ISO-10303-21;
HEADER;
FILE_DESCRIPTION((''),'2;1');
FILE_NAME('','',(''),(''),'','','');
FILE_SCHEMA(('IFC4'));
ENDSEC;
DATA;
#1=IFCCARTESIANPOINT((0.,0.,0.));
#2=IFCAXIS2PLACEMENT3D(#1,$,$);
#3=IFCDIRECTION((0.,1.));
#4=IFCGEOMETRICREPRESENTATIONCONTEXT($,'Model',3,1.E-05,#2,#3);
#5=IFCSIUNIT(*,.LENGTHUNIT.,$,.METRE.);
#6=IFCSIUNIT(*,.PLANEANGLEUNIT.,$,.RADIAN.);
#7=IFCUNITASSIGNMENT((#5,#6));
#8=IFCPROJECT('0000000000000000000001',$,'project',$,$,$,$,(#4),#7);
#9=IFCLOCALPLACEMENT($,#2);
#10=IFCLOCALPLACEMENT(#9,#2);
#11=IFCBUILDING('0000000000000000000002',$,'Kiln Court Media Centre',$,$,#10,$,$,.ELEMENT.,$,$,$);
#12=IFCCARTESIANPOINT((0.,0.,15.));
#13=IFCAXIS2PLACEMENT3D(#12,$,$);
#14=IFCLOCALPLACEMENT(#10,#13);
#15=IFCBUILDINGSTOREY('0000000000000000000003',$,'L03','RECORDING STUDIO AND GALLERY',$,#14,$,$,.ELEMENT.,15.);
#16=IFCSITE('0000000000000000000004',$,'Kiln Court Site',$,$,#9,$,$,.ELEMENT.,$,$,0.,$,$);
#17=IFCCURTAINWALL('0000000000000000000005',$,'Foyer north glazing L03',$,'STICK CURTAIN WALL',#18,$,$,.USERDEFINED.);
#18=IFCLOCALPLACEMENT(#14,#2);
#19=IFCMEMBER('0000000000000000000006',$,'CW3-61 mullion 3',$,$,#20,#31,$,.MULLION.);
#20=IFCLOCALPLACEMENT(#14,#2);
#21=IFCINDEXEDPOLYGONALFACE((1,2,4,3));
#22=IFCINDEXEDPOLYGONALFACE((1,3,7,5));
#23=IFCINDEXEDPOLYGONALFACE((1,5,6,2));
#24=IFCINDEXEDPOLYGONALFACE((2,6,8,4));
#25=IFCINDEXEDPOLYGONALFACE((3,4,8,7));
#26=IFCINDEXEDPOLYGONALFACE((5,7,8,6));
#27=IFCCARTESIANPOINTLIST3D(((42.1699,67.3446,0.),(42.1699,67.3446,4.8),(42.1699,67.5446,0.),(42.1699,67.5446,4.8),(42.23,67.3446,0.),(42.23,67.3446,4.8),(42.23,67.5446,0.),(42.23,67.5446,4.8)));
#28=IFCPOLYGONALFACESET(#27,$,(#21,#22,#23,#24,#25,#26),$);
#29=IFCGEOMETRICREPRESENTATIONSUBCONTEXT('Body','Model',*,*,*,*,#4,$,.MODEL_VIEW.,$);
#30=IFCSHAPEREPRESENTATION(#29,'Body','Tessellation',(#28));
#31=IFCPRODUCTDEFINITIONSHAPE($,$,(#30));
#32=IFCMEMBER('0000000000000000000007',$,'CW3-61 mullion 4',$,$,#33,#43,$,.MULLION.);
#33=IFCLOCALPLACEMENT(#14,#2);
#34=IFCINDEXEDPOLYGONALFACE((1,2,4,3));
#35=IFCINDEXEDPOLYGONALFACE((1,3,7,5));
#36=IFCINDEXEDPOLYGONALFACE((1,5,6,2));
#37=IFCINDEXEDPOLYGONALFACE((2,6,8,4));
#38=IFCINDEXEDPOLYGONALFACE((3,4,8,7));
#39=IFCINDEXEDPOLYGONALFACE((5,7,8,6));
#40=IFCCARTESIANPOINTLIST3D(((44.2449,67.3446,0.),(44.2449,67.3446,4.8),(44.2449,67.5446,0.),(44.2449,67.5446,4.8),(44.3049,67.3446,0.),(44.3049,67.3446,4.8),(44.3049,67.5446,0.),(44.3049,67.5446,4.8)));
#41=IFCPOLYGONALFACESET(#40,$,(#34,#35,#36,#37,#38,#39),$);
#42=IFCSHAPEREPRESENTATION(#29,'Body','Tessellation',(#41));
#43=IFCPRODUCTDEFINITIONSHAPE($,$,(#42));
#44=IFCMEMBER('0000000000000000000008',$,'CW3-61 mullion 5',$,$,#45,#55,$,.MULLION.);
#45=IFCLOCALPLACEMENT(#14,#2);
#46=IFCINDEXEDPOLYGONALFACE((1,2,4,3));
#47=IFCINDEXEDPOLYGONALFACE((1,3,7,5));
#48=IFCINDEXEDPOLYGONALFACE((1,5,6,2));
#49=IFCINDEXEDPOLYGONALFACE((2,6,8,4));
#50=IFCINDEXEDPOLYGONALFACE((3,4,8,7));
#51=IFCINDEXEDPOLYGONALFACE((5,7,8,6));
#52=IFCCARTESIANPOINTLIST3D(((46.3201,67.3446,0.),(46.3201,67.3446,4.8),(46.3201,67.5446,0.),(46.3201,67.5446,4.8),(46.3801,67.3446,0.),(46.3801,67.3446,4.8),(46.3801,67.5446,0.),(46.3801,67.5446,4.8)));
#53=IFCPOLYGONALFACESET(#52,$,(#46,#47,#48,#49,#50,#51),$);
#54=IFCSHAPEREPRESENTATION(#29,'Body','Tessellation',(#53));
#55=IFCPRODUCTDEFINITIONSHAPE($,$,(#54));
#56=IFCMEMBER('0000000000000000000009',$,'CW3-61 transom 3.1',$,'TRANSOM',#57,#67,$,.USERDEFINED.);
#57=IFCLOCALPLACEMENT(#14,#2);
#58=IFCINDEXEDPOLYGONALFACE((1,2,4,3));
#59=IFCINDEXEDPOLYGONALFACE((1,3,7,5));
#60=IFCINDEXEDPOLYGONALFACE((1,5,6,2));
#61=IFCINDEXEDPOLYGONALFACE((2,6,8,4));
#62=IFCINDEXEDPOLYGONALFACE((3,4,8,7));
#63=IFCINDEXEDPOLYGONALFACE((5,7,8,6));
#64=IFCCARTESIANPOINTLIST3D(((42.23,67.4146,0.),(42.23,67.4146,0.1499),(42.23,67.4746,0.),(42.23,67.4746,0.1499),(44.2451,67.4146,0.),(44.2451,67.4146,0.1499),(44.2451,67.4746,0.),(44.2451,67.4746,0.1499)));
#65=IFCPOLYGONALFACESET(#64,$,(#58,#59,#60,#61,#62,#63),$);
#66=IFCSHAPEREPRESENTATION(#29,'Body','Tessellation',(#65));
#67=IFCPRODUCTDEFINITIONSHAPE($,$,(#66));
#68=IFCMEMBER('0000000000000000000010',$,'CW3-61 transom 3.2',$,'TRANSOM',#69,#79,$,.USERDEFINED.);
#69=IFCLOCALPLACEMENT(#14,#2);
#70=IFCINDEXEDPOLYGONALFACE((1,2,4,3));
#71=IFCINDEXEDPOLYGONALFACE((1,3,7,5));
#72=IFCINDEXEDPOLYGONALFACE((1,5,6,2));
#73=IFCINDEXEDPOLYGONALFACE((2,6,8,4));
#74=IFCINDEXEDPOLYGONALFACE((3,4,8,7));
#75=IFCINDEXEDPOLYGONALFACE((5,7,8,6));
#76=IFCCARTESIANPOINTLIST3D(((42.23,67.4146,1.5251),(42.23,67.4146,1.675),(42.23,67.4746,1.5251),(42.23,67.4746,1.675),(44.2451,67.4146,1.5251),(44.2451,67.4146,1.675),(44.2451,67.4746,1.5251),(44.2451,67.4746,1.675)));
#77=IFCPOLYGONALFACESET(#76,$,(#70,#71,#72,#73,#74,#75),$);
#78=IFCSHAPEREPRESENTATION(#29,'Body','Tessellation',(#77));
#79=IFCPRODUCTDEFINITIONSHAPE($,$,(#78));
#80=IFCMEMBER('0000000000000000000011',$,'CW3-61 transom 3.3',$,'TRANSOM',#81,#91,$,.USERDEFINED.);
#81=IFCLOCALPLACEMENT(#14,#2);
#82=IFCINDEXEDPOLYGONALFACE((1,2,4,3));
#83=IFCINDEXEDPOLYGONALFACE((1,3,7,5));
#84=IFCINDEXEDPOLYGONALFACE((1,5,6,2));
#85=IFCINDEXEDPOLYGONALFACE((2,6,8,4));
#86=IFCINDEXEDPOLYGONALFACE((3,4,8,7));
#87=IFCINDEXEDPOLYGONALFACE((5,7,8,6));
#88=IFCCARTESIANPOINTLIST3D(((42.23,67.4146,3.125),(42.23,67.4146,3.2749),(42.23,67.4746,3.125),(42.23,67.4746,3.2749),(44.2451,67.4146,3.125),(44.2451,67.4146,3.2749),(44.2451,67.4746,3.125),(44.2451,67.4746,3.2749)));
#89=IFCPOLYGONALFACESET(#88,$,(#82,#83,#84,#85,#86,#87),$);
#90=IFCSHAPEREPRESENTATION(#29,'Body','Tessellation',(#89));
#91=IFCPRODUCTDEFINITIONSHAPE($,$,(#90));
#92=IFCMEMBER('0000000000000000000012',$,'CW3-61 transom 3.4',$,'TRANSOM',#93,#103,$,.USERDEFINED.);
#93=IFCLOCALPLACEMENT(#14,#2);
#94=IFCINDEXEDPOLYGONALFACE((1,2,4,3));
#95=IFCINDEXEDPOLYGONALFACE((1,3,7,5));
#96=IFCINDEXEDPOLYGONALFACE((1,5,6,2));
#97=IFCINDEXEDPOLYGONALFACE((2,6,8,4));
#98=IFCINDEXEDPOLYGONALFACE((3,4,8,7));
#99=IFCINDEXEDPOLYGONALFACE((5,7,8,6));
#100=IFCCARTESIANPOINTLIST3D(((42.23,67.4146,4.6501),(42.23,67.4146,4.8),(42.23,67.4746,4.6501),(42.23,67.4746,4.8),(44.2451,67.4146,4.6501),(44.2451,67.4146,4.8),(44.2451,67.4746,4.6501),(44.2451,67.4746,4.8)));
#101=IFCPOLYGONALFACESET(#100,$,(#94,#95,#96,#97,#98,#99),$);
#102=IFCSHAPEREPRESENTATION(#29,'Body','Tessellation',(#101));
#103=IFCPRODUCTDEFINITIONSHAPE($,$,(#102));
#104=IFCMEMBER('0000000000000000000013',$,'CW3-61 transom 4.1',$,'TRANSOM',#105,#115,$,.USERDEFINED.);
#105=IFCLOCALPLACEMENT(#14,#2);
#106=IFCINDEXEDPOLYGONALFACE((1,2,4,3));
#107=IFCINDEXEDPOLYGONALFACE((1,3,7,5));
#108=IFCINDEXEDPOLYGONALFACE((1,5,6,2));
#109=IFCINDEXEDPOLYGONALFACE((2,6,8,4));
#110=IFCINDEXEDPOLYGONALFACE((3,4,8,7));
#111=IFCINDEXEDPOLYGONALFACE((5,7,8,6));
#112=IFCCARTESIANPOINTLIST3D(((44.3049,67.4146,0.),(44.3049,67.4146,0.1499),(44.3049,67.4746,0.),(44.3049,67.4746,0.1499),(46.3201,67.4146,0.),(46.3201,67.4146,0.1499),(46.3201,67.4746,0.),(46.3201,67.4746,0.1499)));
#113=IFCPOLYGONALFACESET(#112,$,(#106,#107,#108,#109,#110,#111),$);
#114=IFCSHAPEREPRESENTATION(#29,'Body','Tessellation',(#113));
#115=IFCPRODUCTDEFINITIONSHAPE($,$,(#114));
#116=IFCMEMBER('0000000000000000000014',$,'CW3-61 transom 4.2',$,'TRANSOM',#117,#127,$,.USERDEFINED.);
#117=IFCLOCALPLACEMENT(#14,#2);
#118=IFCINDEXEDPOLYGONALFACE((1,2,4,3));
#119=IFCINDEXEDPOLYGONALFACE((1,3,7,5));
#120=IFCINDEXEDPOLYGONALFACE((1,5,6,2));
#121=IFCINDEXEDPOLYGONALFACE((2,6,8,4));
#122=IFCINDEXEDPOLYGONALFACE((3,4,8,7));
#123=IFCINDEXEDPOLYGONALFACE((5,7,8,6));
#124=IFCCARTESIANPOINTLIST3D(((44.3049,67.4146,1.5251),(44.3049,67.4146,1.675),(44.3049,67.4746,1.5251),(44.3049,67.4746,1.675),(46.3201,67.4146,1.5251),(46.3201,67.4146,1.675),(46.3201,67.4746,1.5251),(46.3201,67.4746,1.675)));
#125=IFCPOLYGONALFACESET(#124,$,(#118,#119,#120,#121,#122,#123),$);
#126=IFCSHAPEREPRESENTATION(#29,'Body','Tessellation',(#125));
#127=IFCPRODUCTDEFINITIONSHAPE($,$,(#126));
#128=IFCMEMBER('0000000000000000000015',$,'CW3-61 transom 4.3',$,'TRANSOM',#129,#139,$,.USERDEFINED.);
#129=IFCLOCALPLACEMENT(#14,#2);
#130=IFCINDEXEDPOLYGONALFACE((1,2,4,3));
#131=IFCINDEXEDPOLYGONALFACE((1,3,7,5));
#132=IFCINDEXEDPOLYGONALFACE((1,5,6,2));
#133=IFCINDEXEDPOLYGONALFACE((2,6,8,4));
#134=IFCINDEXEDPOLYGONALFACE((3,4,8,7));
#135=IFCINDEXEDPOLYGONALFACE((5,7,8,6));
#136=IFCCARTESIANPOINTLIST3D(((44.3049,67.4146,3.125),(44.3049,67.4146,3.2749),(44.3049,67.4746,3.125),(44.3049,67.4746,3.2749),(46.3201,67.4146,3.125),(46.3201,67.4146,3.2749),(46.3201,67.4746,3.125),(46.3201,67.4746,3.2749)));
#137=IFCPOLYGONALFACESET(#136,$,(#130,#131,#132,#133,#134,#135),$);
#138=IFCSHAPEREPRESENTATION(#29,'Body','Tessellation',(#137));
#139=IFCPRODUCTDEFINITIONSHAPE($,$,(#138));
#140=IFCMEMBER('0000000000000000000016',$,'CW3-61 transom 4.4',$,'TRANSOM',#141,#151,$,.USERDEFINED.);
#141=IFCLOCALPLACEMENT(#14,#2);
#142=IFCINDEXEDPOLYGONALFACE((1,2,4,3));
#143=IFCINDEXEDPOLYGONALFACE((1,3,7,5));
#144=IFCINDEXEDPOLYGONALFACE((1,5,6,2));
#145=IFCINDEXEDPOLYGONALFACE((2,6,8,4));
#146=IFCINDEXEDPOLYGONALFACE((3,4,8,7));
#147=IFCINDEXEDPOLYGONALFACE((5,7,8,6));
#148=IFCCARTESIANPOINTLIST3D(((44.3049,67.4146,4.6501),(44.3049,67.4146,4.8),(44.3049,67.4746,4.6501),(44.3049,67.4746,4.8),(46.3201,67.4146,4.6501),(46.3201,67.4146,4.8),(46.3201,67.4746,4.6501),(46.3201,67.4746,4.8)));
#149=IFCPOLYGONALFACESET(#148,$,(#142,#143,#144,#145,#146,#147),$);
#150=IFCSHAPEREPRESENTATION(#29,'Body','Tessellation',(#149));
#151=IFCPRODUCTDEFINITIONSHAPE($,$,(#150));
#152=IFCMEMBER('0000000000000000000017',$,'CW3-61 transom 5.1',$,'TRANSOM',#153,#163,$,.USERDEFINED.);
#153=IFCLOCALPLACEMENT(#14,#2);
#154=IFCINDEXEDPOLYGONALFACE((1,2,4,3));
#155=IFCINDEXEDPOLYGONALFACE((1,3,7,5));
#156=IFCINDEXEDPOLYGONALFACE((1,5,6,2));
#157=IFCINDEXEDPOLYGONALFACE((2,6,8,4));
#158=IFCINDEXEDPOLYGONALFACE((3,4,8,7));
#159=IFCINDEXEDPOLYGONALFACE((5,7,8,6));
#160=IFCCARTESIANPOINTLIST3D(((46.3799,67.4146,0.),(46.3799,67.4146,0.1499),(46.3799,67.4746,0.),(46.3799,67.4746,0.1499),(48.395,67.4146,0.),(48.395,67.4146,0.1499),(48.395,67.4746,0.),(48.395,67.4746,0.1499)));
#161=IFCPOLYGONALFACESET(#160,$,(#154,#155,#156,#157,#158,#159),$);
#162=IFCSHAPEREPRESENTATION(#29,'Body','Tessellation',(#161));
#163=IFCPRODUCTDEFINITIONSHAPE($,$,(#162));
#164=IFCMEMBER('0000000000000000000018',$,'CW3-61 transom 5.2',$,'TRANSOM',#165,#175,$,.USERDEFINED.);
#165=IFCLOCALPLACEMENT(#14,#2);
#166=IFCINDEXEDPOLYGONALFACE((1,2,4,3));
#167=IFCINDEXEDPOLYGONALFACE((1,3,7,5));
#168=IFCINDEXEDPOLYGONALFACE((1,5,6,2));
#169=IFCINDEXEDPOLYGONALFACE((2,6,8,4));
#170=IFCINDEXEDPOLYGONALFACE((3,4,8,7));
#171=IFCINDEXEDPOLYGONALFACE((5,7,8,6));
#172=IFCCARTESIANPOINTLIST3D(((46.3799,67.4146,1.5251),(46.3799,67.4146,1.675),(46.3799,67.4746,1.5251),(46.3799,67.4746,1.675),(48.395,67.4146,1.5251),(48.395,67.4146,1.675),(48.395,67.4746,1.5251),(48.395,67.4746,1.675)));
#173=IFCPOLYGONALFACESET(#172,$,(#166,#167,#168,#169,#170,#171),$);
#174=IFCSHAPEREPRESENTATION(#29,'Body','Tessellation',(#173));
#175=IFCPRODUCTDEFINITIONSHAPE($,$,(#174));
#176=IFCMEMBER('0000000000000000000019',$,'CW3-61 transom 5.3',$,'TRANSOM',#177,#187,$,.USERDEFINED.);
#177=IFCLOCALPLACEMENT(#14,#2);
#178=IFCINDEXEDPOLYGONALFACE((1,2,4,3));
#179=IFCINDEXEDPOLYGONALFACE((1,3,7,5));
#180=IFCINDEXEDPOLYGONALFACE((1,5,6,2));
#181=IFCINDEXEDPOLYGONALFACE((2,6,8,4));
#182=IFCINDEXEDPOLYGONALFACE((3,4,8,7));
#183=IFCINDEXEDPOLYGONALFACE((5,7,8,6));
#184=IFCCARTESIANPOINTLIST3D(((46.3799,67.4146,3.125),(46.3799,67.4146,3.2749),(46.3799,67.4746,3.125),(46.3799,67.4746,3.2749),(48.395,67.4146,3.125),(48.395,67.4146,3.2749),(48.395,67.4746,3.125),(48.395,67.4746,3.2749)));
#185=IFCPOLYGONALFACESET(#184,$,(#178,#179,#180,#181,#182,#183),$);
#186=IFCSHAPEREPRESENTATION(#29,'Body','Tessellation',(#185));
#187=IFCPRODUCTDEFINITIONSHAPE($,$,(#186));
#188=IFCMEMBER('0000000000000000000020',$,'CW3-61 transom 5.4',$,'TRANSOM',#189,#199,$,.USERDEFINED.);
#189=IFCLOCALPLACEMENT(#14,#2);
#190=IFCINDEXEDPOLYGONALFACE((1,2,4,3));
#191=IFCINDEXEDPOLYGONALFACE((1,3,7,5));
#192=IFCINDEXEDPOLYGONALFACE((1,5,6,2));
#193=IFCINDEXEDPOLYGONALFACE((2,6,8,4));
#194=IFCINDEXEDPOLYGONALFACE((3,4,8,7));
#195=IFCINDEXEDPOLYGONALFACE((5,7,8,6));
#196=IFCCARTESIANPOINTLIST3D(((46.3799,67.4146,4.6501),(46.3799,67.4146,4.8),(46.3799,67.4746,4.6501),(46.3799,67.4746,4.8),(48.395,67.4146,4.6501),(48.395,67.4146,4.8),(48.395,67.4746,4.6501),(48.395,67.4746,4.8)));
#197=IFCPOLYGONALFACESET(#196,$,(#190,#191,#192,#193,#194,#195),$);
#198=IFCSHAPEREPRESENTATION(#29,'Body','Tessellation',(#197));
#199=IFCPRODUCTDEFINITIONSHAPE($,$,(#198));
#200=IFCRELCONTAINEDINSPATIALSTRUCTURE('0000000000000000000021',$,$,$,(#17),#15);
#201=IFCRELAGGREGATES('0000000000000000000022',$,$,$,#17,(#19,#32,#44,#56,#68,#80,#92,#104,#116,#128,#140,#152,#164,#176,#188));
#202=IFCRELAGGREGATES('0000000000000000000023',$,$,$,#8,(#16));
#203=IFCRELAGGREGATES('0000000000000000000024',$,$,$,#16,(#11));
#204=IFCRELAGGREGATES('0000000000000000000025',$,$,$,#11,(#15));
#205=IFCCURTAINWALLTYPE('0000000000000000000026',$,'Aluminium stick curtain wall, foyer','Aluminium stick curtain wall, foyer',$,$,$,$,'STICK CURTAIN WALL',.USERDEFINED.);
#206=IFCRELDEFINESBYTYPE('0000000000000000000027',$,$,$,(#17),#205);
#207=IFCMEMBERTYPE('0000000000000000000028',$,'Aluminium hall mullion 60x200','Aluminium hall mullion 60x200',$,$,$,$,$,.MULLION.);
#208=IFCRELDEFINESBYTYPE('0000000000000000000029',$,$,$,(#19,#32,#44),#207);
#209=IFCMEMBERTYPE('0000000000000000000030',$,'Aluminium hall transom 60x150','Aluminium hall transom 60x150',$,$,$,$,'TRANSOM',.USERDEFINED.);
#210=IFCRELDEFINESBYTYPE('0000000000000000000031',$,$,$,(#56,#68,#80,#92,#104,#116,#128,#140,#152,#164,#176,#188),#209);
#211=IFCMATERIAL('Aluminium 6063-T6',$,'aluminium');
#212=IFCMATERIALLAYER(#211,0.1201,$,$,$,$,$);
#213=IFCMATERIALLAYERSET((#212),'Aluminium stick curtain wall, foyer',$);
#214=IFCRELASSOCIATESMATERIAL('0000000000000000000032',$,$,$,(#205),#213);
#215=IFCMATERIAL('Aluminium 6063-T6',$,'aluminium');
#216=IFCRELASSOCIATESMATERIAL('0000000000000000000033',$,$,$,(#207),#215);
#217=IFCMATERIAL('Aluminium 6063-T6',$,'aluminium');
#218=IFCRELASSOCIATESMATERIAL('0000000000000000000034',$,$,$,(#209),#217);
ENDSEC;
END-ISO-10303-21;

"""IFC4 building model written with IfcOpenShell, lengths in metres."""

from ifc_helpers import new_model, si_unit, direction, frame, origin, origin_2d, place, context, subcontext, project, spatial, rectangle, extrude, material, layer, layer_set, material_profile, profile_set, type_object, element, aggregate, save


model = new_model("IFC4")

# Units and contexts
model_context = context("Model", 3, precision=1e-05, world=origin(), true_north=direction((0.0, 1.0)))
body_context = subcontext(model_context, "Body", "Model", "MODEL_VIEW")
ifc_project = project(units=[si_unit("LENGTHUNIT", "METRE"), si_unit("PLANEANGLEUNIT", "RADIAN")], contexts=[model_context])

# Site, building, storey
site_placement = place(None, origin())
site = spatial("IfcSite", under=ifc_project, at=site_placement, Name="Kiln Court Site", CompositionType="ELEMENT", RefElevation=0.0)
building_placement = place(site_placement, origin())
building = spatial("IfcBuilding", under=site, at=building_placement, Name="Kiln Court Media Centre", CompositionType="ELEMENT")
storey_placement = place(building_placement, frame((0.0, 0.0, 15.0)))
storey = spatial("IfcBuildingStorey", under=building, at=storey_placement, Name="L03", Description="RECORDING STUDIO AND GALLERY", CompositionType="ELEMENT", Elevation=15.0)

# Curtain wall, members
ifc_material_1 = material(Name="Aluminium 6063-T6", Category="aluminium")
ifc_layer_1 = layer(ifc_material_1, 0.1201)
ifc_layer_set_1 = layer_set([ifc_layer_1], Name="Aluminium stick curtain wall, foyer")
curtain_wall_type = type_object("IfcCurtainWallType", Name="Aluminium stick curtain wall, foyer", Description="Aluminium stick curtain wall, foyer", ElementType="STICK CURTAIN WALL", PredefinedType="USERDEFINED", material=ifc_layer_set_1)
curtain_wall_placement = place(storey_placement, origin())
curtain_wall = element("IfcCurtainWall", 1, at=curtain_wall_placement, inside=storey, type_object=curtain_wall_type, Name="Foyer north glazing L03", ObjectType="STICK CURTAIN WALL", PredefinedType="USERDEFINED")
ifc_material_2 = material(Name="Aluminium 6063-T6", Category="aluminium")
ifc_material_profile_1 = material_profile(ifc_material_2, rectangle(XDim=0.0601, YDim=0.2, at=origin_2d()), Name="Aluminium hall mullion 60x200")
ifc_profile_set_1 = profile_set([ifc_material_profile_1], Name="Aluminium 6063-T6")
member_type_1 = type_object("IfcMemberType", Name="Aluminium hall mullion 60x200", Description="Aluminium hall mullion 60x200", PredefinedType="MULLION", material=ifc_profile_set_1)
member_1_placement = place(storey_placement, frame((42.2, 67.4446, 0.0), z_axis=(0.0, 0.0, 1.0), x_axis=(1.0, 0.0, 0.0)))
member_1 = element("IfcMember", 2, at=member_1_placement, type_object=member_type_1, Name="CW3-61 mullion 3", PredefinedType="MULLION", context=body_context, shape_type="SweptSolid", body=[
    extrude(rectangle(XDim=0.0601, YDim=0.2, at=origin_2d()), origin(), (0.0, 0.0, 1.0), 4.8),
])
member_2_placement = place(storey_placement, frame((44.2749, 67.4446, 0.0), z_axis=(0.0, 0.0, 1.0), x_axis=(1.0, 0.0, 0.0)))
member_2 = element("IfcMember", 3, at=member_2_placement, type_object=member_type_1, Name="CW3-61 mullion 4", PredefinedType="MULLION", context=body_context, shape_type="SweptSolid", body=[
    extrude(rectangle(XDim=0.0601, YDim=0.2, at=origin_2d()), origin(), (0.0, 0.0, 1.0), 4.8),
])
member_3_placement = place(storey_placement, frame((46.3501, 67.4446, 0.0), z_axis=(0.0, 0.0, 1.0), x_axis=(1.0, 0.0, 0.0)))
member_3 = element("IfcMember", 4, at=member_3_placement, type_object=member_type_1, Name="CW3-61 mullion 5", PredefinedType="MULLION", context=body_context, shape_type="SweptSolid", body=[
    extrude(rectangle(XDim=0.0601, YDim=0.2, at=origin_2d()), origin(), (0.0, 0.0, 1.0), 4.8),
])
ifc_material_3 = material(Name="Aluminium 6063-T6", Category="aluminium")
ifc_material_profile_2 = material_profile(ifc_material_3, rectangle(XDim=0.0601, YDim=0.1499, at=origin_2d()), Name="Aluminium hall transom 60x150")
ifc_profile_set_2 = profile_set([ifc_material_profile_2], Name="Aluminium 6063-T6")
member_type_2 = type_object("IfcMemberType", Name="Aluminium hall transom 60x150", Description="Aluminium hall transom 60x150", ElementType="TRANSOM", PredefinedType="USERDEFINED", material=ifc_profile_set_2)
member_4_placement = place(storey_placement, frame((42.23, 67.4446, 0.075), z_axis=(1.0, 0.0, 0.0), x_axis=(0.0, 1.0, 0.0)))
member_4 = element("IfcMember", 5, at=member_4_placement, type_object=member_type_2, Name="CW3-61 transom 3.1", ObjectType="TRANSOM", PredefinedType="USERDEFINED", context=body_context, shape_type="SweptSolid", body=[
    extrude(rectangle(XDim=0.0601, YDim=0.1499, at=origin_2d()), origin(), (0.0, 0.0, 1.0), 2.0151),
])
member_5_placement = place(storey_placement, frame((42.23, 67.4446, 1.6001), z_axis=(1.0, 0.0, 0.0), x_axis=(0.0, 1.0, 0.0)))
member_5 = element("IfcMember", 6, at=member_5_placement, type_object=member_type_2, Name="CW3-61 transom 3.2", ObjectType="TRANSOM", PredefinedType="USERDEFINED", context=body_context, shape_type="SweptSolid", body=[
    extrude(rectangle(XDim=0.0601, YDim=0.1499, at=origin_2d()), origin(), (0.0, 0.0, 1.0), 2.0151),
])
member_6_placement = place(storey_placement, frame((42.23, 67.4446, 3.2), z_axis=(1.0, 0.0, 0.0), x_axis=(0.0, 1.0, 0.0)))
member_6 = element("IfcMember", 7, at=member_6_placement, type_object=member_type_2, Name="CW3-61 transom 3.3", ObjectType="TRANSOM", PredefinedType="USERDEFINED", context=body_context, shape_type="SweptSolid", body=[
    extrude(rectangle(XDim=0.0601, YDim=0.1499, at=origin_2d()), origin(), (0.0, 0.0, 1.0), 2.0151),
])
member_7_placement = place(storey_placement, frame((42.23, 67.4446, 4.7251), z_axis=(1.0, 0.0, 0.0), x_axis=(0.0, 1.0, 0.0)))
member_7 = element("IfcMember", 8, at=member_7_placement, type_object=member_type_2, Name="CW3-61 transom 3.4", ObjectType="TRANSOM", PredefinedType="USERDEFINED", context=body_context, shape_type="SweptSolid", body=[
    extrude(rectangle(XDim=0.0601, YDim=0.1499, at=origin_2d()), origin(), (0.0, 0.0, 1.0), 2.0151),
])
member_8_placement = place(storey_placement, frame((44.3049, 67.4446, 0.075), z_axis=(1.0, 0.0, 0.0), x_axis=(0.0, 1.0, 0.0)))
member_8 = element("IfcMember", 9, at=member_8_placement, type_object=member_type_2, Name="CW3-61 transom 4.1", ObjectType="TRANSOM", PredefinedType="USERDEFINED", context=body_context, shape_type="SweptSolid", body=[
    extrude(rectangle(XDim=0.0601, YDim=0.1499, at=origin_2d()), origin(), (0.0, 0.0, 1.0), 2.0151),
])
member_9_placement = place(storey_placement, frame((44.3049, 67.4446, 1.6001), z_axis=(1.0, 0.0, 0.0), x_axis=(0.0, 1.0, 0.0)))
member_9 = element("IfcMember", 10, at=member_9_placement, type_object=member_type_2, Name="CW3-61 transom 4.2", ObjectType="TRANSOM", PredefinedType="USERDEFINED", context=body_context, shape_type="SweptSolid", body=[
    extrude(rectangle(XDim=0.0601, YDim=0.1499, at=origin_2d()), origin(), (0.0, 0.0, 1.0), 2.0151),
])
member_10_placement = place(storey_placement, frame((44.3049, 67.4446, 3.2), z_axis=(1.0, 0.0, 0.0), x_axis=(0.0, 1.0, 0.0)))
member_10 = element("IfcMember", 11, at=member_10_placement, type_object=member_type_2, Name="CW3-61 transom 4.3", ObjectType="TRANSOM", PredefinedType="USERDEFINED", context=body_context, shape_type="SweptSolid", body=[
    extrude(rectangle(XDim=0.0601, YDim=0.1499, at=origin_2d()), origin(), (0.0, 0.0, 1.0), 2.0151),
])
member_11_placement = place(storey_placement, frame((44.3049, 67.4446, 4.7251), z_axis=(1.0, 0.0, 0.0), x_axis=(0.0, 1.0, 0.0)))
member_11 = element("IfcMember", 12, at=member_11_placement, type_object=member_type_2, Name="CW3-61 transom 4.4", ObjectType="TRANSOM", PredefinedType="USERDEFINED", context=body_context, shape_type="SweptSolid", body=[
    extrude(rectangle(XDim=0.0601, YDim=0.1499, at=origin_2d()), origin(), (0.0, 0.0, 1.0), 2.0151),
])
member_12_placement = place(storey_placement, frame((46.3799, 67.4446, 0.075), z_axis=(1.0, 0.0, 0.0), x_axis=(0.0, 1.0, 0.0)))
member_12 = element("IfcMember", 13, at=member_12_placement, type_object=member_type_2, Name="CW3-61 transom 5.1", ObjectType="TRANSOM", PredefinedType="USERDEFINED", context=body_context, shape_type="SweptSolid", body=[
    extrude(rectangle(XDim=0.0601, YDim=0.1499, at=origin_2d()), origin(), (0.0, 0.0, 1.0), 2.0151),
])
member_13_placement = place(storey_placement, frame((46.3799, 67.4446, 1.6001), z_axis=(1.0, 0.0, 0.0), x_axis=(0.0, 1.0, 0.0)))
member_13 = element("IfcMember", 14, at=member_13_placement, type_object=member_type_2, Name="CW3-61 transom 5.2", ObjectType="TRANSOM", PredefinedType="USERDEFINED", context=body_context, shape_type="SweptSolid", body=[
    extrude(rectangle(XDim=0.0601, YDim=0.1499, at=origin_2d()), origin(), (0.0, 0.0, 1.0), 2.0151),
])
member_14_placement = place(storey_placement, frame((46.3799, 67.4446, 3.2), z_axis=(1.0, 0.0, 0.0), x_axis=(0.0, 1.0, 0.0)))
member_14 = element("IfcMember", 15, at=member_14_placement, type_object=member_type_2, Name="CW3-61 transom 5.3", ObjectType="TRANSOM", PredefinedType="USERDEFINED", context=body_context, shape_type="SweptSolid", body=[
    extrude(rectangle(XDim=0.0601, YDim=0.1499, at=origin_2d()), origin(), (0.0, 0.0, 1.0), 2.0151),
])
member_15_placement = place(storey_placement, frame((46.3799, 67.4446, 4.7251), z_axis=(1.0, 0.0, 0.0), x_axis=(0.0, 1.0, 0.0)))
member_15 = element("IfcMember", 16, at=member_15_placement, type_object=member_type_2, Name="CW3-61 transom 5.4", ObjectType="TRANSOM", PredefinedType="USERDEFINED", context=body_context, shape_type="SweptSolid", body=[
    extrude(rectangle(XDim=0.0601, YDim=0.1499, at=origin_2d()), origin(), (0.0, 0.0, 1.0), 2.0151),
])
aggregate(curtain_wall, [member_1, member_2, member_3, member_4, member_5, member_6, member_7, member_8, member_9, member_10, member_11, member_12, member_13, member_14, member_15])

save(model, "model.ifc")
